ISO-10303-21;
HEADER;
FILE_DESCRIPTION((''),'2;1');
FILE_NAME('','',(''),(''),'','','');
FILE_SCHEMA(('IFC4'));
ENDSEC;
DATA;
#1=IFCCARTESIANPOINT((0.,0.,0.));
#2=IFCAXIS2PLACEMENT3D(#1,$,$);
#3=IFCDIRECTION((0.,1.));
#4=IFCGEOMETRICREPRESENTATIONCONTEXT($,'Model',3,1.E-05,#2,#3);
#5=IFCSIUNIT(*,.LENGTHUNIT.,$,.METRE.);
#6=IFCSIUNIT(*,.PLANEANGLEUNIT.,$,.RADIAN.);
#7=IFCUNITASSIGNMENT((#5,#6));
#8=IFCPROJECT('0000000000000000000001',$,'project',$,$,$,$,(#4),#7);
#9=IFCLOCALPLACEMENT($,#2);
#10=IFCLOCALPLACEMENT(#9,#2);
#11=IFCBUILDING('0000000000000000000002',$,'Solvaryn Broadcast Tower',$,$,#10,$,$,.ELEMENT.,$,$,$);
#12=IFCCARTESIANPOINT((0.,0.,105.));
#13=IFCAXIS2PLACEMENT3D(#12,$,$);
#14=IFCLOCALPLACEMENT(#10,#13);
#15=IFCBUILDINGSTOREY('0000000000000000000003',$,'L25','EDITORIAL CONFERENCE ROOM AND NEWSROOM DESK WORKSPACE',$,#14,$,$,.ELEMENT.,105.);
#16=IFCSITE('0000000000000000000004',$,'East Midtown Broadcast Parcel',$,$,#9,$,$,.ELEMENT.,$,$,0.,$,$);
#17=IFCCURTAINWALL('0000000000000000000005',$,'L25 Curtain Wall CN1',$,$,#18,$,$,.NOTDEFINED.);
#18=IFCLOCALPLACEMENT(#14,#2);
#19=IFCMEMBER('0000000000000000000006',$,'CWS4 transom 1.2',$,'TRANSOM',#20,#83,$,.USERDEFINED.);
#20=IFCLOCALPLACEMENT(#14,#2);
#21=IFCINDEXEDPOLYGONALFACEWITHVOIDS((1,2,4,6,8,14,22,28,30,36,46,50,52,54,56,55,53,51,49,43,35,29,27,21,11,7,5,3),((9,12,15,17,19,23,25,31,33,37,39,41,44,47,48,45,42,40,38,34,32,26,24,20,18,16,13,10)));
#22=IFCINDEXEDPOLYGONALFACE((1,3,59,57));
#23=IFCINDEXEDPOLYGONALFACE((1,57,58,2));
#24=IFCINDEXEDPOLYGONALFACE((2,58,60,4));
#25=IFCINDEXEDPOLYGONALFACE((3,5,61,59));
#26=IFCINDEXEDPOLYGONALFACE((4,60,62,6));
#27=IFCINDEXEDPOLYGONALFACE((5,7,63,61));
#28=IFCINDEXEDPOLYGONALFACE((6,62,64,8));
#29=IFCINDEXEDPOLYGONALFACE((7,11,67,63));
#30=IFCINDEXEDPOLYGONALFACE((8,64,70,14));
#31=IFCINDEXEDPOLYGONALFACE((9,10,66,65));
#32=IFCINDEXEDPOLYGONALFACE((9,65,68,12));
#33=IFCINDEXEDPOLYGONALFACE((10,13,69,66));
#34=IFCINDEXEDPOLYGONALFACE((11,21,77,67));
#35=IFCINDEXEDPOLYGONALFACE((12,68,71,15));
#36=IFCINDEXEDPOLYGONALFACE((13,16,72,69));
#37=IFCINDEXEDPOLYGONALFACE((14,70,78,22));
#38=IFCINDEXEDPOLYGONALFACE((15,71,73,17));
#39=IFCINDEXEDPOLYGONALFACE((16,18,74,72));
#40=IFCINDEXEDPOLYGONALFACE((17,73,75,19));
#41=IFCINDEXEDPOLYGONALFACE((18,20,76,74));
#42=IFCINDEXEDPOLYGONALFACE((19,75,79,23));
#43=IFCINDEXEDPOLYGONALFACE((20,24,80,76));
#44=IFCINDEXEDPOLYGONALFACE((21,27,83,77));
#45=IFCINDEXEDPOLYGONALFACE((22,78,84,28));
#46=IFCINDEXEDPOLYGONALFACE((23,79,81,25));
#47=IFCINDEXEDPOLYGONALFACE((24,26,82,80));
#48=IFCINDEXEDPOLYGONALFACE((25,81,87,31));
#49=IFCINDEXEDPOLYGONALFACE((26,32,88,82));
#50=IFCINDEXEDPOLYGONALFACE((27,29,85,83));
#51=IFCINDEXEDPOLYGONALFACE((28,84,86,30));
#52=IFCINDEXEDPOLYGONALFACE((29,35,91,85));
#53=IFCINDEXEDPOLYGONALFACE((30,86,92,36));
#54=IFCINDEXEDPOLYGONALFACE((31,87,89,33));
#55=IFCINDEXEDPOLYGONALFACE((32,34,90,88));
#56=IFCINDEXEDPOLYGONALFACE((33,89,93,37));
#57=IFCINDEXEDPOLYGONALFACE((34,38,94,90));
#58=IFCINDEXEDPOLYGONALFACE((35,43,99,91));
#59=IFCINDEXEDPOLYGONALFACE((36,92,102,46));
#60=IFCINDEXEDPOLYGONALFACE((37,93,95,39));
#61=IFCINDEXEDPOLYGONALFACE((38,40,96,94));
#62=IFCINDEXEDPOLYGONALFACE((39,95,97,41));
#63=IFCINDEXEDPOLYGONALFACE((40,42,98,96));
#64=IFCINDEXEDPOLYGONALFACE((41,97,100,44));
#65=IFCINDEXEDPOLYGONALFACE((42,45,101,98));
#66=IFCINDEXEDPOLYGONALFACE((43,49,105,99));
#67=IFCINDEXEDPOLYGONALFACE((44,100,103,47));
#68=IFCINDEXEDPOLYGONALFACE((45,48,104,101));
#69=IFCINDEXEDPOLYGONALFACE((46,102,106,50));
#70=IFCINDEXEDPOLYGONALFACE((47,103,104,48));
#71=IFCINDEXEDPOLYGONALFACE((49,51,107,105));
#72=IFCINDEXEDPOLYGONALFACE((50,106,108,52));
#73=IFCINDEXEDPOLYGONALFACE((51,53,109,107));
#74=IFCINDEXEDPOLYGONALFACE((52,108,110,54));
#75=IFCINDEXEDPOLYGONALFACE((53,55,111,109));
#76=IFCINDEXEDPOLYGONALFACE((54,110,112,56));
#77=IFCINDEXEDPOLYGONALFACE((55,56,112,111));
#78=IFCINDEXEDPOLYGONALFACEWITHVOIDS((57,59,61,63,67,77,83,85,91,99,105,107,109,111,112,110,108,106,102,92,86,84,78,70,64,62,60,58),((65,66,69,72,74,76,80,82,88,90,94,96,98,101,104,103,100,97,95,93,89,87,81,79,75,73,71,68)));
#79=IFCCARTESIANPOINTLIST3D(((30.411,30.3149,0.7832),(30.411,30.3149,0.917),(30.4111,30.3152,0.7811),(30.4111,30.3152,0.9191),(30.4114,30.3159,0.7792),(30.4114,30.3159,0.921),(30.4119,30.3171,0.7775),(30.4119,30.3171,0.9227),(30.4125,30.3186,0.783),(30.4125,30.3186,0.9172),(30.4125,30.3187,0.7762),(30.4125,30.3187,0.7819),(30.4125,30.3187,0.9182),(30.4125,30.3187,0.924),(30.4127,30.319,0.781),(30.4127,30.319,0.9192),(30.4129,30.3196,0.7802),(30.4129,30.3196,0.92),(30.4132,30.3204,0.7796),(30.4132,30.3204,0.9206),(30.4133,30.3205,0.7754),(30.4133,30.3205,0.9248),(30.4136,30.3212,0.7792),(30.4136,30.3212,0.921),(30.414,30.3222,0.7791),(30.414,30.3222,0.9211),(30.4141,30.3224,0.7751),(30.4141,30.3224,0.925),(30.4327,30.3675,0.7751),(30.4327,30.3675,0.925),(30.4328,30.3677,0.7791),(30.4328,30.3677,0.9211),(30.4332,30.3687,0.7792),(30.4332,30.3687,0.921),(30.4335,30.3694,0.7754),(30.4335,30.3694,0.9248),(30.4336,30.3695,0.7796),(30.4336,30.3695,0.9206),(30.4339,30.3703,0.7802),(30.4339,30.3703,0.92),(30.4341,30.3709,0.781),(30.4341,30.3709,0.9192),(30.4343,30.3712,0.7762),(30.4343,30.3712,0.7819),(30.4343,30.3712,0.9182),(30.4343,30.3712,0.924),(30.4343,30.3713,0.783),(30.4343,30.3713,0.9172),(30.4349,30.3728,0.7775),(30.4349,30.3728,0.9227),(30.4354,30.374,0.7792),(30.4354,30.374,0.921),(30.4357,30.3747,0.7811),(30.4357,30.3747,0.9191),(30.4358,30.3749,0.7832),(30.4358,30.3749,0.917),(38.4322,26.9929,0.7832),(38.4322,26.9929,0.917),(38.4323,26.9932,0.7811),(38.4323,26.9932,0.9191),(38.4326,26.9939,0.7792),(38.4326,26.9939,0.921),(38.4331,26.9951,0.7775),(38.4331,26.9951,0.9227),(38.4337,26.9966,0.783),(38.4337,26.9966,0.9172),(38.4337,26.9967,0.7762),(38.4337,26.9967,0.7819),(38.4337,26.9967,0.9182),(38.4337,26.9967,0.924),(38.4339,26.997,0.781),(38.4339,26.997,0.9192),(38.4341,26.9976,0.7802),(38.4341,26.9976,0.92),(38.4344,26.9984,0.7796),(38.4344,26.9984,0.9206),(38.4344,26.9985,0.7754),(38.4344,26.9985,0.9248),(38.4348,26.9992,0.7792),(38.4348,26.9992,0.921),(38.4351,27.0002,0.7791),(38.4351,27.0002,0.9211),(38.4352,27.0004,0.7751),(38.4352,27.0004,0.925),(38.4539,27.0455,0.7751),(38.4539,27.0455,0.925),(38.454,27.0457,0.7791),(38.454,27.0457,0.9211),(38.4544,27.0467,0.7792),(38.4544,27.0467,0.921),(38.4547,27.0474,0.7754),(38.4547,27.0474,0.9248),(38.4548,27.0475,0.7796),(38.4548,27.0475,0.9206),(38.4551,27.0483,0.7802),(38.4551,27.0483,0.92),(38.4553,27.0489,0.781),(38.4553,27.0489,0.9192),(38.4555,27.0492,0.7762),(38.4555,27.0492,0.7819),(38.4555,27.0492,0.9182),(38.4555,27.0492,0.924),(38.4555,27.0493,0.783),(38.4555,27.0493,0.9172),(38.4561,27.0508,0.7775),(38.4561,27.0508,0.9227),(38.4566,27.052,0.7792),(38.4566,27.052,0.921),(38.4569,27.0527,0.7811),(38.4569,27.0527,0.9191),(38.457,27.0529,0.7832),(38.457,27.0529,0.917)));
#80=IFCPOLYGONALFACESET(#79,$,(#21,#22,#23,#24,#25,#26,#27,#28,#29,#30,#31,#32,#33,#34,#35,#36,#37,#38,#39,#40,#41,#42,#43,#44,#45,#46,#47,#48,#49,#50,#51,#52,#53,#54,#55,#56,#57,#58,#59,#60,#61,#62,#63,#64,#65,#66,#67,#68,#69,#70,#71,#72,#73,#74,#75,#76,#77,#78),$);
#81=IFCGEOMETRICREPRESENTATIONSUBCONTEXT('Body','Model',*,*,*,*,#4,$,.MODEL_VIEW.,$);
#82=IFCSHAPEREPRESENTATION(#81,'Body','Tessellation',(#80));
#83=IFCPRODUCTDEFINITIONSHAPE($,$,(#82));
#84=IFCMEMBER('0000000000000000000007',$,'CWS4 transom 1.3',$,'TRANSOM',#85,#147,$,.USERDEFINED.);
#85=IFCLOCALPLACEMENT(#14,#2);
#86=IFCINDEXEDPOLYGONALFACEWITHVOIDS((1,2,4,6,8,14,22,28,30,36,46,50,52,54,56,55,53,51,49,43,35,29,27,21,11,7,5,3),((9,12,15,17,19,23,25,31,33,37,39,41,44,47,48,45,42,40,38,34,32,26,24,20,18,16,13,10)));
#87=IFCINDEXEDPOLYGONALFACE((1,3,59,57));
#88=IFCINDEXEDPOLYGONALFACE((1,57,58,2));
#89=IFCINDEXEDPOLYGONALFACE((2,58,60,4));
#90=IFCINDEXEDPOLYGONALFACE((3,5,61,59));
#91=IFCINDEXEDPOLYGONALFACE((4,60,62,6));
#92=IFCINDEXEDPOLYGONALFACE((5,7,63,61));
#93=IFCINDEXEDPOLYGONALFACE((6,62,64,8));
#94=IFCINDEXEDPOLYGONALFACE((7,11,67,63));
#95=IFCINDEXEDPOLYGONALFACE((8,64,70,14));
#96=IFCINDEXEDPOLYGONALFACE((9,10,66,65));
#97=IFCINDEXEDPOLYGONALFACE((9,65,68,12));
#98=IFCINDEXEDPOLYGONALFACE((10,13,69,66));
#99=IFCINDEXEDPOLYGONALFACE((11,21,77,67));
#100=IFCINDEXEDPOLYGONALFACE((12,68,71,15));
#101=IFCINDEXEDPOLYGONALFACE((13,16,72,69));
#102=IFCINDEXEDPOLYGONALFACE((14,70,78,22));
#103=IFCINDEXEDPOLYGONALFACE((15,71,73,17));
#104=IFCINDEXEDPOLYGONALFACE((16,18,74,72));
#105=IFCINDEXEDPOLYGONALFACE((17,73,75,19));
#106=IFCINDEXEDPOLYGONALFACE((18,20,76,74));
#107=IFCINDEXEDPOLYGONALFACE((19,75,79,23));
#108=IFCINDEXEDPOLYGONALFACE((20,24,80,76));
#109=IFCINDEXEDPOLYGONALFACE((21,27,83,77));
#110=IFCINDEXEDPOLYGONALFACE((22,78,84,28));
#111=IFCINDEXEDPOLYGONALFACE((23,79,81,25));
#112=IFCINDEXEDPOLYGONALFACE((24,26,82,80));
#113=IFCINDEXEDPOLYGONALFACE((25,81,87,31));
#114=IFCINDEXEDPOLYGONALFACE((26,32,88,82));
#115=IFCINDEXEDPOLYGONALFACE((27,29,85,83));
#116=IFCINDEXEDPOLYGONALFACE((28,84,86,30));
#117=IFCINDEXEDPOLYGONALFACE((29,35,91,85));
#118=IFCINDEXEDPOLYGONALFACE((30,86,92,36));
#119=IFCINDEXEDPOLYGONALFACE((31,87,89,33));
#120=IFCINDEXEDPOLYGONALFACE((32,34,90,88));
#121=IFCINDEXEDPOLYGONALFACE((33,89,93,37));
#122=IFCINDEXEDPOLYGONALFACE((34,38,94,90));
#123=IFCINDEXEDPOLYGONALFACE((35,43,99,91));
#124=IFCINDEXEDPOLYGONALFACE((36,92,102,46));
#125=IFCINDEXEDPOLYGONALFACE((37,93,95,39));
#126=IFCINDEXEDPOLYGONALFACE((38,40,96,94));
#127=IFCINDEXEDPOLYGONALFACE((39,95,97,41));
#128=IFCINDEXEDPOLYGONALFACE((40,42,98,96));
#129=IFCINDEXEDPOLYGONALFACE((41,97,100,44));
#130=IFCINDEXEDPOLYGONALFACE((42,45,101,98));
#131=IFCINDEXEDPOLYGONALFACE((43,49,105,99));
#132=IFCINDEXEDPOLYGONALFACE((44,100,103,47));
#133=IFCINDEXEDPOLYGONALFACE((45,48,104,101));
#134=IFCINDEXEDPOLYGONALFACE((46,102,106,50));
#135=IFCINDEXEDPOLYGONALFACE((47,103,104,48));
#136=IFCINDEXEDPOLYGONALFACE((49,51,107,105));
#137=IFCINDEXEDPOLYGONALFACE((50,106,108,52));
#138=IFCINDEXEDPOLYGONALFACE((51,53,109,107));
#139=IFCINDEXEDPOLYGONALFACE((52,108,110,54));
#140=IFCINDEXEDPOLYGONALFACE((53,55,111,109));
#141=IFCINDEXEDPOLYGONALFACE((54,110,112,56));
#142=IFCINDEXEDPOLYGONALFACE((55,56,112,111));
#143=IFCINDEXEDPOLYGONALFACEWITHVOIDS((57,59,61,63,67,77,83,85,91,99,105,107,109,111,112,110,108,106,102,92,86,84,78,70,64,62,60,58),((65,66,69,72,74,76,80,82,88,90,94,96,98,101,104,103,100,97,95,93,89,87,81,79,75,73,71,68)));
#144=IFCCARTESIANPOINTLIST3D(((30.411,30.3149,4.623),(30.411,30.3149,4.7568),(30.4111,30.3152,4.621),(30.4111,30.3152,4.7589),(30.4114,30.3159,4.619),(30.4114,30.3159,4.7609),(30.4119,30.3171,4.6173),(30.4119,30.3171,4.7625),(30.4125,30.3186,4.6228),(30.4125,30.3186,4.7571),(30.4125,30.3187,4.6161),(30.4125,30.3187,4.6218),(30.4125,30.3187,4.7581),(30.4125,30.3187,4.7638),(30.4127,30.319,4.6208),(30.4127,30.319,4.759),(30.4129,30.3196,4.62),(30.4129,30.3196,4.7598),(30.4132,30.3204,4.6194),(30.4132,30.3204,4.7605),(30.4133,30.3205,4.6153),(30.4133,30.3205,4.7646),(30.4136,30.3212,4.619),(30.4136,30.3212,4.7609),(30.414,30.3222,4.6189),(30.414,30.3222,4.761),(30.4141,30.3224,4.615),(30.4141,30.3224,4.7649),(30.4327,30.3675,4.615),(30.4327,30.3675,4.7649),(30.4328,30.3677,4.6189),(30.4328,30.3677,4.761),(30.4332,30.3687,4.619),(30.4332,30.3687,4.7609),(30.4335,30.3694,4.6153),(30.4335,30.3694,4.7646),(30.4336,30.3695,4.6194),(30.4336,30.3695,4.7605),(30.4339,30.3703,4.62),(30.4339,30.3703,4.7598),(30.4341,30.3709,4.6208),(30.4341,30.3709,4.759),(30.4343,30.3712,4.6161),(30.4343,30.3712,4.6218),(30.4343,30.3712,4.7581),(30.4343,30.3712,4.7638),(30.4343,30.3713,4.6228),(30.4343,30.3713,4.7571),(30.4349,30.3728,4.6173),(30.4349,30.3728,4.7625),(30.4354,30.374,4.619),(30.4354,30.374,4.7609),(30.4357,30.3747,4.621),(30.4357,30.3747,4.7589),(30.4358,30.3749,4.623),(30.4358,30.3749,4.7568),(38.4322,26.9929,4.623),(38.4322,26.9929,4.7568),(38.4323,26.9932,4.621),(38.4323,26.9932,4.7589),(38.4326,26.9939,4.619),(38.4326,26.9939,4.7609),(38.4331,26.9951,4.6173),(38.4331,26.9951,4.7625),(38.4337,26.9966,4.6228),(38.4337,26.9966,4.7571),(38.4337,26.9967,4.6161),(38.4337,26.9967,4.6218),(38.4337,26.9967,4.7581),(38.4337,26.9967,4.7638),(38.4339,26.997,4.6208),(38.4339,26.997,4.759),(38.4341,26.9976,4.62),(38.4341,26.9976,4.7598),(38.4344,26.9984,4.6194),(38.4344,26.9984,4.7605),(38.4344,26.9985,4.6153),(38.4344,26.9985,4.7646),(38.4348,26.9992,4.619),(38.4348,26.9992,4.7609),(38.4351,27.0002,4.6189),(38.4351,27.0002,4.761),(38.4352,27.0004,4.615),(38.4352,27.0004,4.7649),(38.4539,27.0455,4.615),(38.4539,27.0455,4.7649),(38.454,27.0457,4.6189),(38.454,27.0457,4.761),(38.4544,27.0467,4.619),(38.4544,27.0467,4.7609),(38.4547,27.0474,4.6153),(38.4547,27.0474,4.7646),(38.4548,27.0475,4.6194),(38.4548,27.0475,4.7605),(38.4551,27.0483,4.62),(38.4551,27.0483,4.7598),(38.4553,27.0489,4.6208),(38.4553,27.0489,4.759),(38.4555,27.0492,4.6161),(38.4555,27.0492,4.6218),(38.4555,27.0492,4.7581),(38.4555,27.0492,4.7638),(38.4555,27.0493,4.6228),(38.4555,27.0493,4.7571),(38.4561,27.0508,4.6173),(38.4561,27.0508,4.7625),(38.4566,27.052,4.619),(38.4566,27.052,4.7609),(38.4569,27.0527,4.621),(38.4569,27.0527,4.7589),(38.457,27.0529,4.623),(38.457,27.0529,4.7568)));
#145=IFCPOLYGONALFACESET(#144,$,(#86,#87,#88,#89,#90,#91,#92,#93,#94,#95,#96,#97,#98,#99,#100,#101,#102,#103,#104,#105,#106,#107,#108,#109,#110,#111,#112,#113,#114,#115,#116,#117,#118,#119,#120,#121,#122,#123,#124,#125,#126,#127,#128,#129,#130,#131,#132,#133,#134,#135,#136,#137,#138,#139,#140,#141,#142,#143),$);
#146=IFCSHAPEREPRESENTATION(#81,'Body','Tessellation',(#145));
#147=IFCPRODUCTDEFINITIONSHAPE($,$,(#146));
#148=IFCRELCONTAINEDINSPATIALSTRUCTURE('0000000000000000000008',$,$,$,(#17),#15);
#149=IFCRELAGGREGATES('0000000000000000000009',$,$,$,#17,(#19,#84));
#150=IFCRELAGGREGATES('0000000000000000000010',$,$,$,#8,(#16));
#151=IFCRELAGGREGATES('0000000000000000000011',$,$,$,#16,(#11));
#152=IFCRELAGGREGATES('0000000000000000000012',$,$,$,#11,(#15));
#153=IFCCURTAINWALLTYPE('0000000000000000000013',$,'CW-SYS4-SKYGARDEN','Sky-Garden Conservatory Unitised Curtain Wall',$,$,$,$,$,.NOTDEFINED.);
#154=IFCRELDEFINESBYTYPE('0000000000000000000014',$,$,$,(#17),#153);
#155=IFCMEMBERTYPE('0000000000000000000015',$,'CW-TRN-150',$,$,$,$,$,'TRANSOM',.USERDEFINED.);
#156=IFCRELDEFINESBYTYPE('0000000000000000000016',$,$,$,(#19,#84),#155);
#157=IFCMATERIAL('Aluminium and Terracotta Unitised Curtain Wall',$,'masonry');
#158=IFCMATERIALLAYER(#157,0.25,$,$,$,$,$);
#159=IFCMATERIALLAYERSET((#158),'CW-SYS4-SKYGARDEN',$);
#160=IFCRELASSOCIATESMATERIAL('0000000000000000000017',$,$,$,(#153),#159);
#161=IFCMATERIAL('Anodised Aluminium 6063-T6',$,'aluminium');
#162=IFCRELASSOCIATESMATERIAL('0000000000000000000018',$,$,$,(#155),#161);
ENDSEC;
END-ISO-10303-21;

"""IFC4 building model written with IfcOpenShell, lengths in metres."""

from ifc_helpers import new_model, si_unit, direction, frame, origin, origin_2d, place, context, subcontext, project, spatial, hollow_rectangle, extrude, material, layer, layer_set, material_profile, profile_set, type_object, element, aggregate, save


model = new_model("IFC4")

# Units and contexts
model_context = context("Model", 3, precision=1e-05, world=origin(), true_north=direction((0.0, 1.0)))
body_context = subcontext(model_context, "Body", "Model", "MODEL_VIEW")
ifc_project = project(units=[si_unit("LENGTHUNIT", "METRE"), si_unit("PLANEANGLEUNIT", "RADIAN")], contexts=[model_context])

# Site, building, storey
site_placement = place(None, origin())
site = spatial("IfcSite", under=ifc_project, at=site_placement, Name="East Midtown Broadcast Parcel", CompositionType="ELEMENT", RefElevation=0.0)
building_placement = place(site_placement, origin())
building = spatial("IfcBuilding", under=site, at=building_placement, Name="Solvaryn Broadcast Tower", CompositionType="ELEMENT")
storey_placement = place(building_placement, frame((0.0, 0.0, 105.0)))
storey = spatial("IfcBuildingStorey", under=building, at=storey_placement, Name="L25", Description="EDITORIAL CONFERENCE ROOM AND NEWSROOM DESK WORKSPACE", CompositionType="ELEMENT", Elevation=105.0)

# Curtain wall
ifc_material_1 = material(Name="Aluminium and Terracotta Unitised Curtain Wall", Category="masonry")
ifc_layer_1 = layer(ifc_material_1, 0.25)
ifc_layer_set_1 = layer_set([ifc_layer_1], Name="CW-SYS4-SKYGARDEN")
curtain_wall_type = type_object("IfcCurtainWallType", Name="CW-SYS4-SKYGARDEN", Description="Sky-Garden Conservatory Unitised Curtain Wall", PredefinedType="NOTDEFINED", material=ifc_layer_set_1)
curtain_wall_1_placement = place(storey_placement, origin())
curtain_wall_1 = element("IfcCurtainWall", 1, at=curtain_wall_1_placement, inside=storey, type_object=curtain_wall_type, Name="L25 Curtain Wall CN1", PredefinedType="NOTDEFINED")

# Members
ifc_material_2 = material(Name="Anodised Aluminium 6063-T6", Category="aluminium")
ifc_material_profile_1 = material_profile(ifc_material_2, hollow_rectangle(XDim=0.0649, YDim=0.1499, WallThickness=0.0039, InnerFilletRadius=0.0039, OuterFilletRadius=0.0081, at=origin_2d()))
ifc_profile_set_1 = profile_set([ifc_material_profile_1], Name="Anodised Aluminium 6063-T6")
member_type_1 = type_object("IfcMemberType", Name="CW-TRN-150", ElementType="TRANSOM", PredefinedType="USERDEFINED", material=ifc_profile_set_1)
member_1_placement = place(storey_placement, frame((38.4446, 27.0229, 0.8501), z_axis=(-0.923899, 0.382636, 0.0), x_axis=(-0.382636, -0.923899, 0.0)))
member_1 = element("IfcMember", 2, at=member_1_placement, type_object=member_type_1, Name="CWS4 transom 1.2", ObjectType="TRANSOM", PredefinedType="USERDEFINED", context=body_context, shape_type="SweptSolid", body=[
    extrude(hollow_rectangle(XDim=0.0649, YDim=0.1499, WallThickness=0.0039, InnerFilletRadius=0.0039, OuterFilletRadius=0.0081, at=origin_2d()), origin(), (0.0, 0.0, 1.0), 8.6819),
])
member_2_placement = place(storey_placement, frame((38.4446, 27.0229, 4.6899), z_axis=(-0.923899, 0.382636, 0.0), x_axis=(-0.382636, -0.923899, 0.0)))
member_2 = element("IfcMember", 3, at=member_2_placement, type_object=member_type_1, Name="CWS4 transom 1.3", ObjectType="TRANSOM", PredefinedType="USERDEFINED", context=body_context, shape_type="SweptSolid", body=[
    extrude(hollow_rectangle(XDim=0.0649, YDim=0.1499, WallThickness=0.0039, InnerFilletRadius=0.0039, OuterFilletRadius=0.0081, at=origin_2d()), origin(), (0.0, 0.0, 1.0), 8.6819),
])

aggregate(curtain_wall_1, [member_1, member_2])

save(model, "model.ifc")
